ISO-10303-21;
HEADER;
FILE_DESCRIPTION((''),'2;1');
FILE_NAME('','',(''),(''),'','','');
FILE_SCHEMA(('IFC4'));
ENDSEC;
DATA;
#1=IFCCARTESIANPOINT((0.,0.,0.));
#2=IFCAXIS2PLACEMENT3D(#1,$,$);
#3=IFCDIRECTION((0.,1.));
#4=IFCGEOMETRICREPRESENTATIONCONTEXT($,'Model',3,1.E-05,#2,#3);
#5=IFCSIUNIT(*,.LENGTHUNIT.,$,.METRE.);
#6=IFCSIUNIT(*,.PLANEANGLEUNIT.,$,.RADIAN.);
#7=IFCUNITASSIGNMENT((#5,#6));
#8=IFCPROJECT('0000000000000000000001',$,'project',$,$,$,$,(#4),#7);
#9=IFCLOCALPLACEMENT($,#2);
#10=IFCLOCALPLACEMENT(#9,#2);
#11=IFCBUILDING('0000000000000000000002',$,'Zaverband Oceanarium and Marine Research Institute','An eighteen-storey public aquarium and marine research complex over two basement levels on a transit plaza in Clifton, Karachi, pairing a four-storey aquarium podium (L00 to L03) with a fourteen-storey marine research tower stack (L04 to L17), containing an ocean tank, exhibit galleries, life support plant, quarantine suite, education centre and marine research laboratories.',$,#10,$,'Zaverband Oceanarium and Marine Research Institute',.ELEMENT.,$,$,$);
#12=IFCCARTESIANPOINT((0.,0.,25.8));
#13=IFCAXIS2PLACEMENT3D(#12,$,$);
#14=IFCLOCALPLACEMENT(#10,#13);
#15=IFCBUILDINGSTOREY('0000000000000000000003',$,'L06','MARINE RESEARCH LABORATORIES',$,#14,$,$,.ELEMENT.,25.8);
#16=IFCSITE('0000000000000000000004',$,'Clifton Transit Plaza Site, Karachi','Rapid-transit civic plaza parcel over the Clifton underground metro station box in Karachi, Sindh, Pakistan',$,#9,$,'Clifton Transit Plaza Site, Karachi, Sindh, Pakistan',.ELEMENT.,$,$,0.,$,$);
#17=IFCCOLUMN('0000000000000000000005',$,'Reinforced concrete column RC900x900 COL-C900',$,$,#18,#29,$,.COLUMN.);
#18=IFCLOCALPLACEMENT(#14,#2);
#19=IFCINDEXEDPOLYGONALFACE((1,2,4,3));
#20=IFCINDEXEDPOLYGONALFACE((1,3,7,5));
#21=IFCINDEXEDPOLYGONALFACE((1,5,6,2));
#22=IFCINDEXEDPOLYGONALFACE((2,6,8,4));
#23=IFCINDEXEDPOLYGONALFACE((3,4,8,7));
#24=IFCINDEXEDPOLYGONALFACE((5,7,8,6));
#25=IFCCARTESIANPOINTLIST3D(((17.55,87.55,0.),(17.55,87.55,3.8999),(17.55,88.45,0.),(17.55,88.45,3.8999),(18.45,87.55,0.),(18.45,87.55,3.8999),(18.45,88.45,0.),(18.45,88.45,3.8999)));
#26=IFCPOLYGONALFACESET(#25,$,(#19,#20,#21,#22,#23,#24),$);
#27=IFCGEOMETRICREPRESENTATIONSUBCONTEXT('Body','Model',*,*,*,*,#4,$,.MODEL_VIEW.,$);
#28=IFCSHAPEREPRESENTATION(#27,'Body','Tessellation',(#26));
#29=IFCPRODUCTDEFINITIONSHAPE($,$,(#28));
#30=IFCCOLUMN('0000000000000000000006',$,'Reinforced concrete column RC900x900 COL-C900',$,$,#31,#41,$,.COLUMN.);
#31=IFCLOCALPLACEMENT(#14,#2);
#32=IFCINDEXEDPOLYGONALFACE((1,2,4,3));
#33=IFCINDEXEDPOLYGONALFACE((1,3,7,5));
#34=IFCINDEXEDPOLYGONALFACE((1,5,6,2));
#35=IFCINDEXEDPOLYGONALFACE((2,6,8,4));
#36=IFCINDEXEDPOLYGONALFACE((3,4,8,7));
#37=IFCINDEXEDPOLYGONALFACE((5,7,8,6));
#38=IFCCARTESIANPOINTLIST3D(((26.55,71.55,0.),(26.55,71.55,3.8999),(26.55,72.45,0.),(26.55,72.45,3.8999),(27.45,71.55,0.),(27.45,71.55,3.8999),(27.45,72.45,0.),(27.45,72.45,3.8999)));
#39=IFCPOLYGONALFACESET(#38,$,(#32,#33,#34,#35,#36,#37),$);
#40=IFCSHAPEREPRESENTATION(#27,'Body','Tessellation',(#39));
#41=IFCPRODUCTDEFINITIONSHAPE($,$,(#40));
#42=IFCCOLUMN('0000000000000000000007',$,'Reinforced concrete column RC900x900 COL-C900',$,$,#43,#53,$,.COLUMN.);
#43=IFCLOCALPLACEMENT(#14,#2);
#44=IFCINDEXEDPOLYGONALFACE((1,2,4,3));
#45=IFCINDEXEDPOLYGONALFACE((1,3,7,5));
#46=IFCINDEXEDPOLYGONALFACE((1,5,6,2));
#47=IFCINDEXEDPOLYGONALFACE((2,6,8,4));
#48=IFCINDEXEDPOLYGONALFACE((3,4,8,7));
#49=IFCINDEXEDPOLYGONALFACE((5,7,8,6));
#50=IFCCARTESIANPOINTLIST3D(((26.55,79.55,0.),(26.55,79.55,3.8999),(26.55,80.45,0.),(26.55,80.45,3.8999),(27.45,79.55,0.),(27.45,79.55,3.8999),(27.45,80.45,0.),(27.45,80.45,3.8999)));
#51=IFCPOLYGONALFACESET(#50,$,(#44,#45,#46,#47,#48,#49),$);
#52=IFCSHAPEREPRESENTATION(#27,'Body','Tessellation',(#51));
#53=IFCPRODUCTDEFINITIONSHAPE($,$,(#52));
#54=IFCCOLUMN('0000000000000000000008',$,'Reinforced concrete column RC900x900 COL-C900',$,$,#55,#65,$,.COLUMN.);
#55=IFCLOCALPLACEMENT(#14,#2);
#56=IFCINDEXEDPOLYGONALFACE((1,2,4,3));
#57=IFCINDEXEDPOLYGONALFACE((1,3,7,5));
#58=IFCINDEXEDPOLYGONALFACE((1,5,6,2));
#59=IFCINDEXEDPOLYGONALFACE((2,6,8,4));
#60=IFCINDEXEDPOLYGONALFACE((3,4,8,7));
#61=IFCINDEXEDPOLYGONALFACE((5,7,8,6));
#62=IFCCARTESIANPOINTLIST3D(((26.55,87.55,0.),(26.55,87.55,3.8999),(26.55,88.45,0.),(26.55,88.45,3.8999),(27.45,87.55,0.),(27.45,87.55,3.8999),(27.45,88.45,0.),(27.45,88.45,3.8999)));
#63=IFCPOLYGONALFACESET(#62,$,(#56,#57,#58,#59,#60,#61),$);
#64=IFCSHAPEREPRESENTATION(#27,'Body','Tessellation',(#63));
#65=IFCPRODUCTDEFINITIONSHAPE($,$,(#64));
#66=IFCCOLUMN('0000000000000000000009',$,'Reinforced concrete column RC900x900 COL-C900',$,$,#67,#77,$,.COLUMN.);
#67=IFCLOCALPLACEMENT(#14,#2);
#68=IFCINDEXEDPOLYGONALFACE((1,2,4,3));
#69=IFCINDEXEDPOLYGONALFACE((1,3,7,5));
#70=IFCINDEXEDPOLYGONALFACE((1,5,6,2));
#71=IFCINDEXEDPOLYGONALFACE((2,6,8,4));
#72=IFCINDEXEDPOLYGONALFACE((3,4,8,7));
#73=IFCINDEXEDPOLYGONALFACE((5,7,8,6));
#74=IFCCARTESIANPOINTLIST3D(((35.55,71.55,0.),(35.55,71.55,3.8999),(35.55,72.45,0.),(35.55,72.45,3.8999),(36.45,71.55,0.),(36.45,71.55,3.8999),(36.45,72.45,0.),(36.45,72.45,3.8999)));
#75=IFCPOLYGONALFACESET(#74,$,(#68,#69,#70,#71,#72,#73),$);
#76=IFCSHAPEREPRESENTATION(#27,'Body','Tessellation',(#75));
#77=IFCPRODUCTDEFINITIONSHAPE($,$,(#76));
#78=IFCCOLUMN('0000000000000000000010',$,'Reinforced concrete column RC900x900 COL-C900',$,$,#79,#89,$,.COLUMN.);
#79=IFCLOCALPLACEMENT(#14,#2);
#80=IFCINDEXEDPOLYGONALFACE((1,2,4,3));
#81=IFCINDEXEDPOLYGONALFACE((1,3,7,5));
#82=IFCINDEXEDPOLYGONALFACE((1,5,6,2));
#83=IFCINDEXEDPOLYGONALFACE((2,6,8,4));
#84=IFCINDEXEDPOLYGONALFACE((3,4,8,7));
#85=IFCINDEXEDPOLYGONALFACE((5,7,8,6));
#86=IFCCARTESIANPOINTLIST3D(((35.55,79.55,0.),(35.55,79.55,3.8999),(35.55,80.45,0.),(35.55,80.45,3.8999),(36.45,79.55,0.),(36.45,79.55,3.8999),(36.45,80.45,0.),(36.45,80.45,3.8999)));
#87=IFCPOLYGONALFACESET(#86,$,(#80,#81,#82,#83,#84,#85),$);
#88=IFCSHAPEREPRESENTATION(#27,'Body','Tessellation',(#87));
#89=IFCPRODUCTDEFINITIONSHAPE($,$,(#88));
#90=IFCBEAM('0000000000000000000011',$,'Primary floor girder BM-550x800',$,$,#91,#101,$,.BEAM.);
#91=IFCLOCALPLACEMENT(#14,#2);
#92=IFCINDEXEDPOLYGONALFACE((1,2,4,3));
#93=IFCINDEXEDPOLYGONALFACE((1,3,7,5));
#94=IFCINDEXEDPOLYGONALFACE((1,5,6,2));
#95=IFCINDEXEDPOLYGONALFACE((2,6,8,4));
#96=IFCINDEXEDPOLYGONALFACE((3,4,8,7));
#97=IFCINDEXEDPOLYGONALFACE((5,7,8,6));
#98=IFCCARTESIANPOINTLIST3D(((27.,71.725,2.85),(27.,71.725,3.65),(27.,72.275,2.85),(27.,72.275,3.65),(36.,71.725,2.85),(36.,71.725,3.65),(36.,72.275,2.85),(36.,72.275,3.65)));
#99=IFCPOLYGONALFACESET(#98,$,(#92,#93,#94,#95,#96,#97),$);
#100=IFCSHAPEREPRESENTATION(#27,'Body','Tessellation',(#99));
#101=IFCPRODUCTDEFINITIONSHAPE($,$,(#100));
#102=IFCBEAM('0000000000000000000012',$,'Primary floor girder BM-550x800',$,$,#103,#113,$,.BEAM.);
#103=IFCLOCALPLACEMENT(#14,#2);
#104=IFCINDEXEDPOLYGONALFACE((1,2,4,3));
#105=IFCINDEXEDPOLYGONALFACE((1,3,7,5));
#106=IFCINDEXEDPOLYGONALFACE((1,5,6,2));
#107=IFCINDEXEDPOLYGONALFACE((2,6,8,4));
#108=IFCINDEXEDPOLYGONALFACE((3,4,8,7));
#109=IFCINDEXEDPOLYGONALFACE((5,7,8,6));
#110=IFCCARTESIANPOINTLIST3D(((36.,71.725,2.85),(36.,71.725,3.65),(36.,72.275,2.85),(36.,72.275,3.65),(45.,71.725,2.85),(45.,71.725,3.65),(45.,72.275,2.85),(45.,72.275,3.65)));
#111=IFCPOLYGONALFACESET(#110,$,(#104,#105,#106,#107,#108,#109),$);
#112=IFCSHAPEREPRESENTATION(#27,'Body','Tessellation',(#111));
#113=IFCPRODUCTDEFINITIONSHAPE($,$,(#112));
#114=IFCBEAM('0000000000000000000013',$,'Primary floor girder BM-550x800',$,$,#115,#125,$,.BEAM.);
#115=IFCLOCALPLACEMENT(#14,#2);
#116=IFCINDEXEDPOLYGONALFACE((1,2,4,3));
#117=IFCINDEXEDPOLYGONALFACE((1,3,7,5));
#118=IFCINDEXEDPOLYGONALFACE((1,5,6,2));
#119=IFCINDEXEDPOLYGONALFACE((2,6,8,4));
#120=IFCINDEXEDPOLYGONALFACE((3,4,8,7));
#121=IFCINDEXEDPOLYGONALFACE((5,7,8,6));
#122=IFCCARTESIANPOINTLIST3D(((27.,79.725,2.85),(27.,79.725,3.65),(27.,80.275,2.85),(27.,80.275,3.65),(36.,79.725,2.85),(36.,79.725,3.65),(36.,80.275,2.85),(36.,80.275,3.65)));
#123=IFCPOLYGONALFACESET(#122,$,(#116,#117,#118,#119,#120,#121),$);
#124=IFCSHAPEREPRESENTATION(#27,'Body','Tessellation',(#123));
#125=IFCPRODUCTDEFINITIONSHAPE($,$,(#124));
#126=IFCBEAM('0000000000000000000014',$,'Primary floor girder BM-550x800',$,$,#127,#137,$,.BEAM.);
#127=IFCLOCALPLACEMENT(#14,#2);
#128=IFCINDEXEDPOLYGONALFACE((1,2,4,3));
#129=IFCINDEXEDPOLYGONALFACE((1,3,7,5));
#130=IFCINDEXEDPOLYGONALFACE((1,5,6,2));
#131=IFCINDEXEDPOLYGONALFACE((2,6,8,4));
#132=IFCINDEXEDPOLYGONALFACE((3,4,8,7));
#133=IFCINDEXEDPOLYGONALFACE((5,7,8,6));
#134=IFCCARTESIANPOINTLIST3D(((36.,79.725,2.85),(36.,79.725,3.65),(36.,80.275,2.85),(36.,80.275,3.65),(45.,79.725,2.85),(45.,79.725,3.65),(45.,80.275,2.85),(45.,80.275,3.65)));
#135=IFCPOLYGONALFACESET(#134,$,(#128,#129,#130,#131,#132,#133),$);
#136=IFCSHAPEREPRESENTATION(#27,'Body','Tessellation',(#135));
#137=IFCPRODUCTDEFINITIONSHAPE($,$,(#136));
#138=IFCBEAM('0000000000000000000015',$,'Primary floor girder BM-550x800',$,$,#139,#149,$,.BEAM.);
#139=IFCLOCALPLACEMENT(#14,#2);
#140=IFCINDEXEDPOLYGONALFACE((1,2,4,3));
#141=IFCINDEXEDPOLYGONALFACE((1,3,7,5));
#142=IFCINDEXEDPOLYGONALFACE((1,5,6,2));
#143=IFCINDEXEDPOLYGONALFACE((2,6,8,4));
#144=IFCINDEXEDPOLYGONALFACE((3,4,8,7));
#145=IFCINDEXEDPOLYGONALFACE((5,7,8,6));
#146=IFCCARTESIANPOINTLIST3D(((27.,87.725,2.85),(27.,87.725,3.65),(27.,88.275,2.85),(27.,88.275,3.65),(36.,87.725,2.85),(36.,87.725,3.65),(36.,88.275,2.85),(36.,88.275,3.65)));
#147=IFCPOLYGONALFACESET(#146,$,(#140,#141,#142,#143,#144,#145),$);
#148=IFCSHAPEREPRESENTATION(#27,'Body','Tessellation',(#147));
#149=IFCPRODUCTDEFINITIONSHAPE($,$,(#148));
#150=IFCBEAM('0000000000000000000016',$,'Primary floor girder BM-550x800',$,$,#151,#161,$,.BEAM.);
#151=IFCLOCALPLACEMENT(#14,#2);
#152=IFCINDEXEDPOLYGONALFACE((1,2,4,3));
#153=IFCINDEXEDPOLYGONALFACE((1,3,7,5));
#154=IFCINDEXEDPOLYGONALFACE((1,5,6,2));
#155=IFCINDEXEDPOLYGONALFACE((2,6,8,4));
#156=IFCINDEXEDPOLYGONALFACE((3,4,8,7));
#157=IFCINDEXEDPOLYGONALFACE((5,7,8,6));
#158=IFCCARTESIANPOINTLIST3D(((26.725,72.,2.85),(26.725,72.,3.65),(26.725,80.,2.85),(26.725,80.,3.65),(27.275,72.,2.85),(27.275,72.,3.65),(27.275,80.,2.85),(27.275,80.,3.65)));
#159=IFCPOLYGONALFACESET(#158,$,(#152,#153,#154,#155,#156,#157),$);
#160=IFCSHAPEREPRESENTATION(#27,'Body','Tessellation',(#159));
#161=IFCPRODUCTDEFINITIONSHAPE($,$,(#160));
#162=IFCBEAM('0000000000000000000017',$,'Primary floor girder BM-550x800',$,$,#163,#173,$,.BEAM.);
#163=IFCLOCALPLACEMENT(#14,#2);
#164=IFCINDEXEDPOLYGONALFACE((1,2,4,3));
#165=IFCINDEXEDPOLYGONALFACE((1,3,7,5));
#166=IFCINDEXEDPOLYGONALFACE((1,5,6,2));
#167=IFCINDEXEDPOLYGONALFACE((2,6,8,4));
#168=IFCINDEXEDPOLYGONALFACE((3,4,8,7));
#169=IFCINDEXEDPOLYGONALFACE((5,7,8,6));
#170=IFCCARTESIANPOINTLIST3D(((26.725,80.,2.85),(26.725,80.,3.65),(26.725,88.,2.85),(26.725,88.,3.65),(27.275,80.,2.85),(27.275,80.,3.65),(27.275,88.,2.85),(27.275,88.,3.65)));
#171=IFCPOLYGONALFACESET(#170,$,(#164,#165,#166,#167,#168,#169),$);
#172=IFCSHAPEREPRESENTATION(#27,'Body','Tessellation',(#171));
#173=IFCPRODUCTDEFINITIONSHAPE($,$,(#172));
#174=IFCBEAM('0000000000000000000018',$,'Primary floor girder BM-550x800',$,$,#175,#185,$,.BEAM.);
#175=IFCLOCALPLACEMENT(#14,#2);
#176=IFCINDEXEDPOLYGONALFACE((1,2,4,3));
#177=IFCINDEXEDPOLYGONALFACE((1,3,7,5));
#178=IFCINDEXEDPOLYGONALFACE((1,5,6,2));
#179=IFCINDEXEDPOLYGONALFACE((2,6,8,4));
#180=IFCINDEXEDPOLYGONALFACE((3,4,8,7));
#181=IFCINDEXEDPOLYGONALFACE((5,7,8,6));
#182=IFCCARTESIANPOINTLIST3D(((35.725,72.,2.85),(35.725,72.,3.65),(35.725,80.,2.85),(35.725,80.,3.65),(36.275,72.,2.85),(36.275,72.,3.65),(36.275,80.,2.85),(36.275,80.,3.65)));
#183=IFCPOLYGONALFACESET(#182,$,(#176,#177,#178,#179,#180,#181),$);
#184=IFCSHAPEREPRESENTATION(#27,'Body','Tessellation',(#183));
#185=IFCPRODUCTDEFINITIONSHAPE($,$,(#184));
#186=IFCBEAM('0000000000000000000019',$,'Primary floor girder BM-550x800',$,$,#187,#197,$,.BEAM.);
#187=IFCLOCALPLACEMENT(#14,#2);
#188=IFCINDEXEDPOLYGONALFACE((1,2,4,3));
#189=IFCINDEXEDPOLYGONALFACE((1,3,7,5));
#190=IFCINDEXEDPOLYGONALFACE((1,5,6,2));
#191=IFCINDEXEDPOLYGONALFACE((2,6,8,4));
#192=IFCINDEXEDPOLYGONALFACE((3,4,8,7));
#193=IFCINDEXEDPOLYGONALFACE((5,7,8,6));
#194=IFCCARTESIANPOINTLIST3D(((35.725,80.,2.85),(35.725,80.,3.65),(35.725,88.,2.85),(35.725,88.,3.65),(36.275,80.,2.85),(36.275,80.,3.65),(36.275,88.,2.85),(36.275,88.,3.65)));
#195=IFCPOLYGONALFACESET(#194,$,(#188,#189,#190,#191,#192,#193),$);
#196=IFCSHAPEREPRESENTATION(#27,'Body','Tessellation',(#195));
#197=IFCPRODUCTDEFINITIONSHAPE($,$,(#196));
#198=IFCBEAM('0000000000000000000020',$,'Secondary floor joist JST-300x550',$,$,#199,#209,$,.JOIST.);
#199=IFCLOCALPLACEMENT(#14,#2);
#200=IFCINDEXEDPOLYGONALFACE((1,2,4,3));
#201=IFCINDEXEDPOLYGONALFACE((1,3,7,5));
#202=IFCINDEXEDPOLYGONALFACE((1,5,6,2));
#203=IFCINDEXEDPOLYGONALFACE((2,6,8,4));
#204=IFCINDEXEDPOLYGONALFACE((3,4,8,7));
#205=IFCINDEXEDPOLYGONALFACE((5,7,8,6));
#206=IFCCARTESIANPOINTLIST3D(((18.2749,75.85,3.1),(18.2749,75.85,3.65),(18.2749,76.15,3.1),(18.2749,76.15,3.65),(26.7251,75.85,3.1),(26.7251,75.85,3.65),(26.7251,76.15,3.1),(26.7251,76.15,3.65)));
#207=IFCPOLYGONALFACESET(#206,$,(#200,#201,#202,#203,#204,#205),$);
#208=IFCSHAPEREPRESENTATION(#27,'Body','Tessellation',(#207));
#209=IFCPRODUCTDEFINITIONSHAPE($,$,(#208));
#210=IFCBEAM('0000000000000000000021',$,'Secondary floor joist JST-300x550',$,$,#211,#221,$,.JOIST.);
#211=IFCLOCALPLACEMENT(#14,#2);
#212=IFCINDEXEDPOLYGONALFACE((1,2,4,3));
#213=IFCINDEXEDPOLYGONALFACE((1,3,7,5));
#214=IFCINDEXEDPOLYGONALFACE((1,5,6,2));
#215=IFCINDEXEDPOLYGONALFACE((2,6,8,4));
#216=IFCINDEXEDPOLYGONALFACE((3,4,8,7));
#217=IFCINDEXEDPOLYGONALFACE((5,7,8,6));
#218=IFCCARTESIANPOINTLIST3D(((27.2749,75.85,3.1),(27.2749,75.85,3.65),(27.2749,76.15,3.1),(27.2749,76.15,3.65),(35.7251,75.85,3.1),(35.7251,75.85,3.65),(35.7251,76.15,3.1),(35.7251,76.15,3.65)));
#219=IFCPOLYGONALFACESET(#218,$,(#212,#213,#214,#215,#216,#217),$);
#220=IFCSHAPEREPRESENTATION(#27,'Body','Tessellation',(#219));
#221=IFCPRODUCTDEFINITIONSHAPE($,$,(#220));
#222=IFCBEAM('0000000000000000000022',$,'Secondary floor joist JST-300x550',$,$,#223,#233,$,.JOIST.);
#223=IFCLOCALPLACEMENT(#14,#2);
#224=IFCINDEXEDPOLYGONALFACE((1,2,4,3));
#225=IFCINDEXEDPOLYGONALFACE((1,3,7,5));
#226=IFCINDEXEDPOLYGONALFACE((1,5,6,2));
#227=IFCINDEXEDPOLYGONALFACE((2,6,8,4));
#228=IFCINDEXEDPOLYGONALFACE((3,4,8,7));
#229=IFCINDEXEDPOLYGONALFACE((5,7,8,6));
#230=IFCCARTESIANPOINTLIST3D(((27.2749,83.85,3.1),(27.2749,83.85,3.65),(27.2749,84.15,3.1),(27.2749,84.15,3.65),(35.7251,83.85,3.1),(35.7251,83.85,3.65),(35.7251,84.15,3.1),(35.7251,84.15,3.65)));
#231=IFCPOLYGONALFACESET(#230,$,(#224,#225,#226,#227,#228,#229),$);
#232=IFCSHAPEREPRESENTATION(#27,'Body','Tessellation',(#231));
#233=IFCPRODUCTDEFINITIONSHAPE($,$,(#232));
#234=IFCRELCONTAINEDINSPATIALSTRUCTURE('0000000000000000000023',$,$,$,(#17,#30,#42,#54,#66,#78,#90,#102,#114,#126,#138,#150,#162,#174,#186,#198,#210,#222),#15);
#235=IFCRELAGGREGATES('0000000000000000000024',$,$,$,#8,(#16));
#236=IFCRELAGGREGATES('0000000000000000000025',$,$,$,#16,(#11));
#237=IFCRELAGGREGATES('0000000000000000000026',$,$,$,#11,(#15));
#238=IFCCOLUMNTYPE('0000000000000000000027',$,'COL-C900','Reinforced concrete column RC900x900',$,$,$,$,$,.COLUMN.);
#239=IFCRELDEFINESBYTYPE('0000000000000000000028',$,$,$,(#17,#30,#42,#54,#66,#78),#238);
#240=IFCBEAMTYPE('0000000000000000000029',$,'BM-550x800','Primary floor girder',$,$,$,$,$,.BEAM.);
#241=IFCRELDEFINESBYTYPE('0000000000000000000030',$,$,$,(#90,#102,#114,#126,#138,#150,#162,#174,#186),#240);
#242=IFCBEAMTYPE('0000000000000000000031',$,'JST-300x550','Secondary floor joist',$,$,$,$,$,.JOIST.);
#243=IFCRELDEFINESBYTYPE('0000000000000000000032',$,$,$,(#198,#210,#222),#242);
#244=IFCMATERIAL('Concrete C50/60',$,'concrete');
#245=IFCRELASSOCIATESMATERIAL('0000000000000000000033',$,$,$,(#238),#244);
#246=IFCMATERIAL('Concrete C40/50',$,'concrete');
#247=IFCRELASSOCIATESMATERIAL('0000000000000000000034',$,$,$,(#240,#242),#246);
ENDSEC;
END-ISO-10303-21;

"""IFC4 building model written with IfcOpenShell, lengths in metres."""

from ifc_helpers import new_model, si_unit, direction, frame, origin, origin_2d, place, context, subcontext, project, spatial, rectangle, extrude, material, material_profile, profile_set, type_object, element, save


model = new_model("IFC4")

# Units and contexts
model_context = context("Model", 3, precision=1e-05, world=origin(), true_north=direction((0.0, 1.0)))
body_context = subcontext(model_context, "Body", "Model", "MODEL_VIEW")
ifc_project = project(units=[si_unit("LENGTHUNIT", "METRE"), si_unit("PLANEANGLEUNIT", "RADIAN")], contexts=[model_context])

# Site, building, storey
site_placement = place(None, origin())
site = spatial("IfcSite", under=ifc_project, at=site_placement, Name="Clifton Transit Plaza Site, Karachi", Description="Rapid-transit civic plaza parcel over the Clifton underground metro station box in Karachi, Sindh, Pakistan", LongName="Clifton Transit Plaza Site, Karachi, Sindh, Pakistan", CompositionType="ELEMENT", RefElevation=0.0)
building_placement = place(site_placement, origin())
building = spatial("IfcBuilding", under=site, at=building_placement, Name="Zaverband Oceanarium and Marine Research Institute", Description="An eighteen-storey public aquarium and marine research complex over two basement levels on a transit plaza in Clifton, Karachi, pairing a four-storey aquarium podium (L00 to L03) with a fourteen-storey marine research tower stack (L04 to L17), containing an ocean tank, exhibit galleries, life support plant, quarantine suite, education centre and marine research laboratories.", LongName="Zaverband Oceanarium and Marine Research Institute", CompositionType="ELEMENT")
storey_placement = place(building_placement, frame((0.0, 0.0, 25.8)))
storey = spatial("IfcBuildingStorey", under=building, at=storey_placement, Name="L06", Description="MARINE RESEARCH LABORATORIES", CompositionType="ELEMENT", Elevation=25.8)

# Columns
ifc_material_1 = material(Name="Concrete C50/60", Category="concrete")
ifc_material_profile_1 = material_profile(ifc_material_1, rectangle(XDim=0.8999, YDim=0.8999, at=origin_2d()), Name="RC900x900")
ifc_profile_set_1 = profile_set([ifc_material_profile_1], Name="Concrete C50/60")
column_type = type_object("IfcColumnType", Name="COL-C900", Description="Reinforced concrete column RC900x900", PredefinedType="COLUMN", material=ifc_profile_set_1)
for number, where, z_axis, x_axis, name in (
    (1, (18.0, 88.0, 0.0), (0.0, 0.0, 1.0), (1.0, 0.0, 0.0), "Reinforced concrete column RC900x900 COL-C900"),
    (2, (27.0, 72.0, 0.0), (0.0, 0.0, 1.0), (1.0, 0.0, 0.0), "Reinforced concrete column RC900x900 COL-C900"),
    (3, (27.0, 80.0, 0.0), (0.0, 0.0, 1.0), (1.0, 0.0, 0.0), "Reinforced concrete column RC900x900 COL-C900"),
    (4, (27.0, 88.0, 0.0), (0.0, 0.0, 1.0), (1.0, 0.0, 0.0), "Reinforced concrete column RC900x900 COL-C900"),
    (5, (36.0, 72.0, 0.0), (0.0, 0.0, 1.0), (1.0, 0.0, 0.0), "Reinforced concrete column RC900x900 COL-C900"),
    (6, (36.0, 80.0, 0.0), (0.0, 0.0, 1.0), (1.0, 0.0, 0.0), "Reinforced concrete column RC900x900 COL-C900"),
):
    element("IfcColumn", number, at=place(storey_placement, frame(where, z_axis=z_axis, x_axis=x_axis)), inside=storey, type_object=column_type, Name=name, PredefinedType="COLUMN", context=body_context, shape_type="SweptSolid", body=[
        extrude(rectangle(XDim=0.8999, YDim=0.8999, at=origin_2d()), origin(), (0.0, 0.0, 1.0), 3.8999),
    ])

# Beams
ifc_material_2 = material(Name="Concrete C40/50", Category="concrete")
ifc_material_profile_2 = material_profile(ifc_material_2, rectangle(XDim=0.55, YDim=0.8, at=origin_2d()), Name="RC550x800")
ifc_profile_set_2 = profile_set([ifc_material_profile_2], Name="Concrete C40/50")
beam_type_1 = type_object("IfcBeamType", Name="BM-550x800", Description="Primary floor girder", PredefinedType="BEAM", material=ifc_profile_set_2)
for number, where, z_axis, x_axis, name in (
    (7, (27.0, 72.0, 3.25), (1.0, 0.0, 0.0), (0.0, 1.0, 0.0), "Primary floor girder BM-550x800"),
    (8, (36.0, 72.0, 3.25), (1.0, 0.0, 0.0), (0.0, 1.0, 0.0), "Primary floor girder BM-550x800"),
    (9, (27.0, 80.0, 3.25), (1.0, 0.0, 0.0), (0.0, 1.0, 0.0), "Primary floor girder BM-550x800"),
    (10, (36.0, 80.0, 3.25), (1.0, 0.0, 0.0), (0.0, 1.0, 0.0), "Primary floor girder BM-550x800"),
    (11, (27.0, 88.0, 3.25), (1.0, 0.0, 0.0), (0.0, 1.0, 0.0), "Primary floor girder BM-550x800"),
):
    element("IfcBeam", number, at=place(storey_placement, frame(where, z_axis=z_axis, x_axis=x_axis)), inside=storey, type_object=beam_type_1, Name=name, PredefinedType="BEAM", context=body_context, shape_type="SweptSolid", body=[
        extrude(rectangle(XDim=0.55, YDim=0.8, at=origin_2d()), origin(), (0.0, 0.0, 1.0), 9.0),
    ])
for number, where, z_axis, x_axis, name in (
    (12, (27.0, 72.0, 3.25), (0.0, 1.0, 0.0), (-1.0, 0.0, 0.0), "Primary floor girder BM-550x800"),
    (13, (27.0, 80.0, 3.25), (0.0, 1.0, 0.0), (-1.0, 0.0, 0.0), "Primary floor girder BM-550x800"),
    (14, (36.0, 72.0, 3.25), (0.0, 1.0, 0.0), (-1.0, 0.0, 0.0), "Primary floor girder BM-550x800"),
    (15, (36.0, 80.0, 3.25), (0.0, 1.0, 0.0), (-1.0, 0.0, 0.0), "Primary floor girder BM-550x800"),
):
    element("IfcBeam", number, at=place(storey_placement, frame(where, z_axis=z_axis, x_axis=x_axis)), inside=storey, type_object=beam_type_1, Name=name, PredefinedType="BEAM", context=body_context, shape_type="SweptSolid", body=[
        extrude(rectangle(XDim=0.55, YDim=0.8, at=origin_2d()), origin(), (0.0, 0.0, 1.0), 8.0),
    ])
ifc_material_profile_3 = material_profile(ifc_material_2, rectangle(XDim=0.3, YDim=0.55, at=origin_2d()), Name="RC300x550")
ifc_profile_set_3 = profile_set([ifc_material_profile_3], Name="Concrete C40/50")
beam_type_2 = type_object("IfcBeamType", Name="JST-300x550", Description="Secondary floor joist", PredefinedType="JOIST", material=ifc_profile_set_3)
for number, where, z_axis, x_axis, name in (
    (16, (18.2749, 76.0, 3.375), (1.0, 0.0, 0.0), (0.0, 1.0, 0.0), "Secondary floor joist JST-300x550"),
    (17, (27.2749, 76.0, 3.375), (1.0, 0.0, 0.0), (0.0, 1.0, 0.0), "Secondary floor joist JST-300x550"),
    (18, (27.2749, 84.0, 3.375), (1.0, 0.0, 0.0), (0.0, 1.0, 0.0), "Secondary floor joist JST-300x550"),
):
    element("IfcBeam", number, at=place(storey_placement, frame(where, z_axis=z_axis, x_axis=x_axis)), inside=storey, type_object=beam_type_2, Name=name, PredefinedType="JOIST", context=body_context, shape_type="SweptSolid", body=[
        extrude(rectangle(XDim=0.3, YDim=0.55, at=origin_2d()), origin(), (0.0, 0.0, 1.0), 8.4502),
    ])

save(model, "model.ifc")
